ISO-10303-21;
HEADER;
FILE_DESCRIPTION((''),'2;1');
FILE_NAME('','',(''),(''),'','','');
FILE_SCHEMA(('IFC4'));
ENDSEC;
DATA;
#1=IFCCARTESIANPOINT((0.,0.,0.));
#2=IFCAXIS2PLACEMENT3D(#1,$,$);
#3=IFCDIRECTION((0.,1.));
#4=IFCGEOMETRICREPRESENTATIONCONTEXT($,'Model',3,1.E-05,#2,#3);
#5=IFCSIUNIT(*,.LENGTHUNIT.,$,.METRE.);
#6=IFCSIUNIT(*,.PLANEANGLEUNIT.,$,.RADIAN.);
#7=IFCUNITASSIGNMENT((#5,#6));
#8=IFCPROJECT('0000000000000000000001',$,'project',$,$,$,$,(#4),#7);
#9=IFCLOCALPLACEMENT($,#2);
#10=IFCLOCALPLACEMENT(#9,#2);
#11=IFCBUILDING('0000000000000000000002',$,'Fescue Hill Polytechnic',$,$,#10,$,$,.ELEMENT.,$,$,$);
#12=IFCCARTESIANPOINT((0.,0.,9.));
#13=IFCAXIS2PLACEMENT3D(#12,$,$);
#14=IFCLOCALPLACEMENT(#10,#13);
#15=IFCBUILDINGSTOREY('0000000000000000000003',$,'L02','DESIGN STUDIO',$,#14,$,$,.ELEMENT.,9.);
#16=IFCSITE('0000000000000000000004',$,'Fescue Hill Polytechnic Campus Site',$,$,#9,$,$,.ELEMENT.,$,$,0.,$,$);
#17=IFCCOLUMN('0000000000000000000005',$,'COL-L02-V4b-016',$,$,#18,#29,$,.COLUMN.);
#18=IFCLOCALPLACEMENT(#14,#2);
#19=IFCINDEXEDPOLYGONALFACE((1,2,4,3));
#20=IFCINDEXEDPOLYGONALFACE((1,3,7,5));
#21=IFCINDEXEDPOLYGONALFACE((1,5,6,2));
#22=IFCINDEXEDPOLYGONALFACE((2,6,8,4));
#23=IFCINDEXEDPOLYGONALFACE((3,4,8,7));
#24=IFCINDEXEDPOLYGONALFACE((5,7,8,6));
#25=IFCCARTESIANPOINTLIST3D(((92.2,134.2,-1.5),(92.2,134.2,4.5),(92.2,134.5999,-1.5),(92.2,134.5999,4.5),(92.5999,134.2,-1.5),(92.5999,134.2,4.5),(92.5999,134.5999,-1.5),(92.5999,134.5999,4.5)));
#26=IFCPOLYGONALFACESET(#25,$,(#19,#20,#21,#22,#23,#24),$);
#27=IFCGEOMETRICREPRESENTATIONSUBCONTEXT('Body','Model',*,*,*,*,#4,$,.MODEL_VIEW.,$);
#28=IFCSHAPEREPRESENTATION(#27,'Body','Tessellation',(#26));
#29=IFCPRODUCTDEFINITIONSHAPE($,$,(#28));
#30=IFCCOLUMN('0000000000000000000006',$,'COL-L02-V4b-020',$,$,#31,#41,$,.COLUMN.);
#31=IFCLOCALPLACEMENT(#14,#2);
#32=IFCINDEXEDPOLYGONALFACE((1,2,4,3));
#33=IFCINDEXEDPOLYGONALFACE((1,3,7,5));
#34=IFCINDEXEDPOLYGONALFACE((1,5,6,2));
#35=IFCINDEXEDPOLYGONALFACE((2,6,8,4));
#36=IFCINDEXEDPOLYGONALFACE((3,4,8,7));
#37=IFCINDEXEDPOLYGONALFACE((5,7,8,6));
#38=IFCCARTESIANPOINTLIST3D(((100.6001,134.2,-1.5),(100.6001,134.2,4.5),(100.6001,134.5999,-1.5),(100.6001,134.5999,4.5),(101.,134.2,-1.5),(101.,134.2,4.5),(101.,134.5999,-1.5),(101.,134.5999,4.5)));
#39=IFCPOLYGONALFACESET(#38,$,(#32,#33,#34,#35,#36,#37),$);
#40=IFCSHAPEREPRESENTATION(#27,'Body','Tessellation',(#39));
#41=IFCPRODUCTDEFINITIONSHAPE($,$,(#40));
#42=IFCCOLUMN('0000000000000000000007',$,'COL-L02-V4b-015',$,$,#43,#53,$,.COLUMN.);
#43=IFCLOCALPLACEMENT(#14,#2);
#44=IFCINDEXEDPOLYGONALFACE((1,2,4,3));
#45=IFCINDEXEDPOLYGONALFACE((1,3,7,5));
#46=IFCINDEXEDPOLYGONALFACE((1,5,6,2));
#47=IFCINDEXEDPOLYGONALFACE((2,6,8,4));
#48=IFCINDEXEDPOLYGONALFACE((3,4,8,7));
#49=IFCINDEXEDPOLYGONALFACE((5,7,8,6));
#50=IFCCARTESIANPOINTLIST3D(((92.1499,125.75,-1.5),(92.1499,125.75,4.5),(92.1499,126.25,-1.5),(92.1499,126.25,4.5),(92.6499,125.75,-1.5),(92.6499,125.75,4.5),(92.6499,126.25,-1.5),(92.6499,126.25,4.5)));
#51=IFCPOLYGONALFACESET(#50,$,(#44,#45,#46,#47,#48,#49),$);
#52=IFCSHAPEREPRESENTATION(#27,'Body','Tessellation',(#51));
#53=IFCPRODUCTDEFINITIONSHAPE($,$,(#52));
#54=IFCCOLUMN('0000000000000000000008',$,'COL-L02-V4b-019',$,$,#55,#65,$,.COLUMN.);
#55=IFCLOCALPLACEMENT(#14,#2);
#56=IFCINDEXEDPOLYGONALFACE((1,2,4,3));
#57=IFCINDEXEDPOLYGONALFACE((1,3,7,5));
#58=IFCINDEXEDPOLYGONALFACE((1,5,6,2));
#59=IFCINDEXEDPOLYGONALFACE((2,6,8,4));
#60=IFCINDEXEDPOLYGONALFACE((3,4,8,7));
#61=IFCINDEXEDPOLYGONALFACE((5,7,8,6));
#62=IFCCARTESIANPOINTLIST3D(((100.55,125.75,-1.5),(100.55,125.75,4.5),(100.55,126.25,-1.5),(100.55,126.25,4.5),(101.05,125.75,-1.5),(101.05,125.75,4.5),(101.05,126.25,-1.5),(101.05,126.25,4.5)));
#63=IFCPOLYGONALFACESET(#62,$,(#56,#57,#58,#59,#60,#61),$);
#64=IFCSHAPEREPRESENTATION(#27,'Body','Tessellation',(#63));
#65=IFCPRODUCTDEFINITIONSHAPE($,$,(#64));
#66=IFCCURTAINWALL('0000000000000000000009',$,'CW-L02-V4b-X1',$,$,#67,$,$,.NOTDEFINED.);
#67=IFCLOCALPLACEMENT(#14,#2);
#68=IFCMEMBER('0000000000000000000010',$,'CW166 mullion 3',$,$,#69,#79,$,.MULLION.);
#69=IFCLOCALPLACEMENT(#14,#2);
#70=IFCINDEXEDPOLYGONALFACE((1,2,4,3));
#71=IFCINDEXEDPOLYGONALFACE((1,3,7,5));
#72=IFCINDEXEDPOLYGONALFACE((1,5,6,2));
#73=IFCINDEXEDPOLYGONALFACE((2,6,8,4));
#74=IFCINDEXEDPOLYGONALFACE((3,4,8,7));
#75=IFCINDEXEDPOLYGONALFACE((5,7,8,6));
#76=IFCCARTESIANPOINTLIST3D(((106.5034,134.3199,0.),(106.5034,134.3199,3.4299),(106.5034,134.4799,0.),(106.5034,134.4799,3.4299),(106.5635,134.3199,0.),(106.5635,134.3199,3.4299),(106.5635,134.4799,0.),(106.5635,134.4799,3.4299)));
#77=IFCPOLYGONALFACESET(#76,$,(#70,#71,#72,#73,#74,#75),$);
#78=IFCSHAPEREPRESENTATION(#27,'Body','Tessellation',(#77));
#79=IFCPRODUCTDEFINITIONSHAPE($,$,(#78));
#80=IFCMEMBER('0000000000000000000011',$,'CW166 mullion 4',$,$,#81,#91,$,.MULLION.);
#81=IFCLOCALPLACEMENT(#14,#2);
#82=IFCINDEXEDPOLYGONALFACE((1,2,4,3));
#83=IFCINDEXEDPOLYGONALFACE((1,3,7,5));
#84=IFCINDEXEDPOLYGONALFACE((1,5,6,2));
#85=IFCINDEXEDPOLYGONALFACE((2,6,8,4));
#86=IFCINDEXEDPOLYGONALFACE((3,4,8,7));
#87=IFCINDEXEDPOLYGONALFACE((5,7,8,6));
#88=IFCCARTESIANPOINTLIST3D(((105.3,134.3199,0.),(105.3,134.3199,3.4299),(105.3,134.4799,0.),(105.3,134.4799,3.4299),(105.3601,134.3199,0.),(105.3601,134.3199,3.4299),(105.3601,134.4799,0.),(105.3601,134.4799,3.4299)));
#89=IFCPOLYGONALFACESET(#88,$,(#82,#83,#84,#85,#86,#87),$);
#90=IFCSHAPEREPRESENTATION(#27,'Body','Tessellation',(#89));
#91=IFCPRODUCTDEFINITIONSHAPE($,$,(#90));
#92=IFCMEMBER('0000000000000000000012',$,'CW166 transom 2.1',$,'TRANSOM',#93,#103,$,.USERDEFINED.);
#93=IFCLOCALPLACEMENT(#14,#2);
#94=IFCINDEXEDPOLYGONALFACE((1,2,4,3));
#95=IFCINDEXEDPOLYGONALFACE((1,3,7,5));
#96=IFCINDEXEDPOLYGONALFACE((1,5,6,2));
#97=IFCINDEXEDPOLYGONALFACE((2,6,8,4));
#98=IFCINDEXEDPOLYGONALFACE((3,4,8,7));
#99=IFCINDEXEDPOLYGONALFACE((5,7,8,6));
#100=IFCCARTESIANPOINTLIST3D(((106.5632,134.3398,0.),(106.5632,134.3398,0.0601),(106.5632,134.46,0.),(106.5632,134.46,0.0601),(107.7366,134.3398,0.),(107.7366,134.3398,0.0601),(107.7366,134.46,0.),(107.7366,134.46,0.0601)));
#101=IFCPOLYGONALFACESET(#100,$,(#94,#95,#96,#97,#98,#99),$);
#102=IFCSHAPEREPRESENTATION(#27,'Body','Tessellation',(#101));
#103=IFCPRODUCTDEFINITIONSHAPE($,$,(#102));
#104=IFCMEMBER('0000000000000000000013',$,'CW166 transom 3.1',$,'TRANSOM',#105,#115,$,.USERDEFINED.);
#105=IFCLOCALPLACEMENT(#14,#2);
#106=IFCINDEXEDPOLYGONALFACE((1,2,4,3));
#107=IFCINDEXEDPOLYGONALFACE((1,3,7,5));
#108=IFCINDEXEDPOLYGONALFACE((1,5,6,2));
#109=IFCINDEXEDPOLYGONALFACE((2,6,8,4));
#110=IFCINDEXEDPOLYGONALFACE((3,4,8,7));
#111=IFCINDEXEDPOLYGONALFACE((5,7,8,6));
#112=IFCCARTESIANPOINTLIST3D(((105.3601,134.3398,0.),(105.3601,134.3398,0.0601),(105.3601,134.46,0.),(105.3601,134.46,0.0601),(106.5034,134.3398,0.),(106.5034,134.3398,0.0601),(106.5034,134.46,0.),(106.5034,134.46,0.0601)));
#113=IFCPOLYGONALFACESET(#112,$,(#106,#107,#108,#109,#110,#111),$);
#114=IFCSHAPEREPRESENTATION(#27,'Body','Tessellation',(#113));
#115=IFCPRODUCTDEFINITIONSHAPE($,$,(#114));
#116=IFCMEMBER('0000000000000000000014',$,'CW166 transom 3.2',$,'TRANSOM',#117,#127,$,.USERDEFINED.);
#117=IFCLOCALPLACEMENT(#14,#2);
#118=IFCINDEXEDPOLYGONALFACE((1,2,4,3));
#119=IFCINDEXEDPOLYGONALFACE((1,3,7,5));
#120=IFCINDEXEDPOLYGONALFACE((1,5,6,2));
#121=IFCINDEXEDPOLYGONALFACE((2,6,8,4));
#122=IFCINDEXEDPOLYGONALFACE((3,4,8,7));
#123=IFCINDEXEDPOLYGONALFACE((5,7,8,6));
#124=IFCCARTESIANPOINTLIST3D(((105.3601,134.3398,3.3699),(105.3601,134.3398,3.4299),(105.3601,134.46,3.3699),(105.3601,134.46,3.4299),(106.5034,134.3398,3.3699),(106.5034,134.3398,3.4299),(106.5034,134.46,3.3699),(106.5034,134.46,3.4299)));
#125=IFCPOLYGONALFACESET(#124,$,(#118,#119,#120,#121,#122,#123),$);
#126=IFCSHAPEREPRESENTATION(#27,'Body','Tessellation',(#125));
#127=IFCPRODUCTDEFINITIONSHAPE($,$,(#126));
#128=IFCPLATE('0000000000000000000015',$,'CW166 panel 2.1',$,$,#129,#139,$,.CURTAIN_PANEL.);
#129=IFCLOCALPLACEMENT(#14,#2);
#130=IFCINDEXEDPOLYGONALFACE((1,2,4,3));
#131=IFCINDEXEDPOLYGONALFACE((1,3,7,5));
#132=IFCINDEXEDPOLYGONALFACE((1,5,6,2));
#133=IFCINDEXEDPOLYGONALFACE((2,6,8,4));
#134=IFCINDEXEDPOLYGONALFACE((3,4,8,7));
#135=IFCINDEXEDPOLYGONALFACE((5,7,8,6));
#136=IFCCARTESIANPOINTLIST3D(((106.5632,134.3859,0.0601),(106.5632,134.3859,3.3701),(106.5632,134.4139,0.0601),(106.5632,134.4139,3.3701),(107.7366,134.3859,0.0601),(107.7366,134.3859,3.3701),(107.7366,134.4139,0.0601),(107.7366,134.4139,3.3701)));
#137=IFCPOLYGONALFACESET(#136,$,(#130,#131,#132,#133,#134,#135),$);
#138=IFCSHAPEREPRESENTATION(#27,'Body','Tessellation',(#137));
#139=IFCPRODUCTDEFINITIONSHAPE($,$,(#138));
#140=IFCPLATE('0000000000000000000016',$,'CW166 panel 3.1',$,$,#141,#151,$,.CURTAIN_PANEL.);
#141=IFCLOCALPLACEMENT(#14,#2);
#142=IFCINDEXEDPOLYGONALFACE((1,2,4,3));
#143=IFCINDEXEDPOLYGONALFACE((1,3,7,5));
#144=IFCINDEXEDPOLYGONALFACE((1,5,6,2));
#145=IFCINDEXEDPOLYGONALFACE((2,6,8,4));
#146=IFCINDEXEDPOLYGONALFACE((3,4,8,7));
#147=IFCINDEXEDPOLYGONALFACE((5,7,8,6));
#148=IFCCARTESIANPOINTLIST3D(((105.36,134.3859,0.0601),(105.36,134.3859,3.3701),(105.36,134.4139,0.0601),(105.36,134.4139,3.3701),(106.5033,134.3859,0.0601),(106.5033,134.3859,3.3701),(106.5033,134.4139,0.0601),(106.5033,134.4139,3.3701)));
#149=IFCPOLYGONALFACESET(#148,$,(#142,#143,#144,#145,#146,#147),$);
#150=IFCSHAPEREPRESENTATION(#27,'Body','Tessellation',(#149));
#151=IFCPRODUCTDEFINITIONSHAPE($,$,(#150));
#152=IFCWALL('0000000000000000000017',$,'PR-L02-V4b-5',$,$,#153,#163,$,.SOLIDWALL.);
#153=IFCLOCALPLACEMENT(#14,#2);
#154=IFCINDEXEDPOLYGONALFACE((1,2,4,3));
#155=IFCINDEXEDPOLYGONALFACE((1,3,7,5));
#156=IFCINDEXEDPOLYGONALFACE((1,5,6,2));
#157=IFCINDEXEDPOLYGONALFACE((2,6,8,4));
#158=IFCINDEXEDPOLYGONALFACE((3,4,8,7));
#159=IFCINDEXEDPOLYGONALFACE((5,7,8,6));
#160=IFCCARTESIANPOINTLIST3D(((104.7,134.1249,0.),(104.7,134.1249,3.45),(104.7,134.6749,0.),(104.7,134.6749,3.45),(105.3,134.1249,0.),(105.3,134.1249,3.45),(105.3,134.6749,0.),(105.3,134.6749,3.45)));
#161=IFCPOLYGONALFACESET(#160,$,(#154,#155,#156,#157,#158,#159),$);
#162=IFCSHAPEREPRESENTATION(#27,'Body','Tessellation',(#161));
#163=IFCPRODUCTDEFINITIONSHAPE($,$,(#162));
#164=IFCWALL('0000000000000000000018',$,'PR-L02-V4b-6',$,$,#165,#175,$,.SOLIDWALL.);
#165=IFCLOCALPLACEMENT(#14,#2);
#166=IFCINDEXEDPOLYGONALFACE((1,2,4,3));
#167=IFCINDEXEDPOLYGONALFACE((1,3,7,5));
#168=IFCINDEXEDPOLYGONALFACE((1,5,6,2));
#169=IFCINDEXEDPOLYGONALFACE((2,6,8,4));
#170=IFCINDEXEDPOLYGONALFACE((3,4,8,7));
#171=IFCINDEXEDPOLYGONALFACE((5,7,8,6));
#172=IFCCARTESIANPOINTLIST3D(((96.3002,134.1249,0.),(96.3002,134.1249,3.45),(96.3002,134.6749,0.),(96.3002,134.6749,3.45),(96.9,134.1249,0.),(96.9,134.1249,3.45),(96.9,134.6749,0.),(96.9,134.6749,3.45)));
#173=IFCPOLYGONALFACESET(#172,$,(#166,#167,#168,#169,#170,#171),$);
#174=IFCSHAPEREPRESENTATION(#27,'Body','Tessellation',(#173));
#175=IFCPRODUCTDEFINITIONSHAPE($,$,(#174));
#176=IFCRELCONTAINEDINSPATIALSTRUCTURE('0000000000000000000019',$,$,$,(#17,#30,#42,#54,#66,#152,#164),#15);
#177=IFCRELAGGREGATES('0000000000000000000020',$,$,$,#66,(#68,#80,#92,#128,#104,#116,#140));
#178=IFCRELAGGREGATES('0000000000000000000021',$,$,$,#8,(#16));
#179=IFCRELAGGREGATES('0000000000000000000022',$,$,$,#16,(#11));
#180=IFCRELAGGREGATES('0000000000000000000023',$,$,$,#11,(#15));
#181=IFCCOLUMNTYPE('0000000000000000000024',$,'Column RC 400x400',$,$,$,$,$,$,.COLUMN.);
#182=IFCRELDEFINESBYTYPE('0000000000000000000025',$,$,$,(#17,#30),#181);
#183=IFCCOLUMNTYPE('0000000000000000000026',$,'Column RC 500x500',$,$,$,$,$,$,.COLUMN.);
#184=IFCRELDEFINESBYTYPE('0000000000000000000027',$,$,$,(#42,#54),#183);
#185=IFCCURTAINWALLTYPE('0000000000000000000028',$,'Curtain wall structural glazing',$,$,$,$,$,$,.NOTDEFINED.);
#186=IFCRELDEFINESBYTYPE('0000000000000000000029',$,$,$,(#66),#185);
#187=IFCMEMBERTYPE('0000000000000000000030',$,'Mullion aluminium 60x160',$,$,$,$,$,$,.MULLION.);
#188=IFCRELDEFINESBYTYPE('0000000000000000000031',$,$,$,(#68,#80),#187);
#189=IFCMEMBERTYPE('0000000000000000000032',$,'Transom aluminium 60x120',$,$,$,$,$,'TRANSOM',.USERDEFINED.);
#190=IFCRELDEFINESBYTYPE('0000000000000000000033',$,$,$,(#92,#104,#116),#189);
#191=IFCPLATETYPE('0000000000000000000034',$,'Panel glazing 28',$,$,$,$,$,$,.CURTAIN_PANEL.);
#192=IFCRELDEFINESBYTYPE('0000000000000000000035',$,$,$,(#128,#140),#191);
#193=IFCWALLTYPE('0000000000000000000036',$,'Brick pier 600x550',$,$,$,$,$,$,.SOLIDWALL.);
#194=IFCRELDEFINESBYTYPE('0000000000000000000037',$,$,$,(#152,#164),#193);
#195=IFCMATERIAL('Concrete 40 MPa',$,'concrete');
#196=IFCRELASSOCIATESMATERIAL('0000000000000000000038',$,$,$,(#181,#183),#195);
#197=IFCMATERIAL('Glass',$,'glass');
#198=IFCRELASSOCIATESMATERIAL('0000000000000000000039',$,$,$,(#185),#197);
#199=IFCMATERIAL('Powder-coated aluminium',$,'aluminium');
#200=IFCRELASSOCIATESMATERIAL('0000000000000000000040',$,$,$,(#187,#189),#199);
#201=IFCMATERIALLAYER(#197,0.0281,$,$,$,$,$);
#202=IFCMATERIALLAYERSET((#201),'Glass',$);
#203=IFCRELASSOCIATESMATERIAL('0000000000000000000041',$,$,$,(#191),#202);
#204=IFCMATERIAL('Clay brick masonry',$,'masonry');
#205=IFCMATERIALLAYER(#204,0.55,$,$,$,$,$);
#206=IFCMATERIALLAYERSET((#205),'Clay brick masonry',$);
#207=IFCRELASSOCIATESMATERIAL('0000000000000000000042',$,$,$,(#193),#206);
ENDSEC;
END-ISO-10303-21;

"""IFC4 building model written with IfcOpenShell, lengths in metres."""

from ifc_helpers import new_model, si_unit, direction, frame, frame_2d, origin, origin_2d, place, context, subcontext, project, spatial, rectangle, extrude, material, layer, layer_set, material_profile, profile_set, type_object, element, aggregate, save


model = new_model("IFC4")

# Units and contexts
model_context = context("Model", 3, precision=1e-05, world=origin(), true_north=direction((0.0, 1.0)))
body_context = subcontext(model_context, "Body", "Model", "MODEL_VIEW")
ifc_project = project(units=[si_unit("LENGTHUNIT", "METRE"), si_unit("PLANEANGLEUNIT", "RADIAN")], contexts=[model_context])

# Site, building, storey
site_placement = place(None, origin())
site = spatial("IfcSite", under=ifc_project, at=site_placement, Name="Fescue Hill Polytechnic Campus Site", CompositionType="ELEMENT", RefElevation=0.0)
building_placement = place(site_placement, origin())
building = spatial("IfcBuilding", under=site, at=building_placement, Name="Fescue Hill Polytechnic", CompositionType="ELEMENT")
storey_placement = place(building_placement, frame((0.0, 0.0, 9.0)))
storey = spatial("IfcBuildingStorey", under=building, at=storey_placement, Name="L02", Description="DESIGN STUDIO", CompositionType="ELEMENT", Elevation=9.0)

# Columns
ifc_material_1 = material(Name="Concrete 40 MPa", Category="concrete")
ifc_material_profile_1 = material_profile(ifc_material_1, rectangle(XDim=0.3999, YDim=0.3999, at=origin_2d()), Name="RC 400x400")
ifc_profile_set_1 = profile_set([ifc_material_profile_1], Name="Concrete 40 MPa")
column_type_1 = type_object("IfcColumnType", Name="Column RC 400x400", PredefinedType="COLUMN", material=ifc_profile_set_1)
for number, where, z_axis, x_axis, name in (
    (1, (92.3999, 134.3999, -1.5), (0.0, 0.0, 1.0), (1.0, 0.0, 0.0), "COL-L02-V4b-016"),
    (2, (100.8, 134.3999, -1.5), (0.0, 0.0, 1.0), (1.0, 0.0, 0.0), "COL-L02-V4b-020"),
):
    element("IfcColumn", number, at=place(storey_placement, frame(where, z_axis=z_axis, x_axis=x_axis)), inside=storey, type_object=column_type_1, Name=name, PredefinedType="COLUMN", context=body_context, shape_type="SweptSolid", body=[
        extrude(rectangle(XDim=0.3999, YDim=0.3999, at=origin_2d()), origin(), (0.0, 0.0, 1.0), 6.0),
    ])
ifc_material_profile_2 = material_profile(ifc_material_1, rectangle(XDim=0.5, YDim=0.5, at=origin_2d()), Name="RC 500x500")
ifc_profile_set_2 = profile_set([ifc_material_profile_2], Name="Concrete 40 MPa")
column_type_2 = type_object("IfcColumnType", Name="Column RC 500x500", PredefinedType="COLUMN", material=ifc_profile_set_2)
for number, where, z_axis, x_axis, name in (
    (3, (92.3999, 126.0, -1.5), (0.0, 0.0, 1.0), (1.0, 0.0, 0.0), "COL-L02-V4b-015"),
    (4, (100.8, 126.0, -1.5), (0.0, 0.0, 1.0), (1.0, 0.0, 0.0), "COL-L02-V4b-019"),
):
    element("IfcColumn", number, at=place(storey_placement, frame(where, z_axis=z_axis, x_axis=x_axis)), inside=storey, type_object=column_type_2, Name=name, PredefinedType="COLUMN", context=body_context, shape_type="SweptSolid", body=[
        extrude(rectangle(XDim=0.5, YDim=0.5, at=origin_2d()), origin(), (0.0, 0.0, 1.0), 6.0),
    ])

# Curtain wall, members, plates
ifc_material_2 = material(Name="Glass", Category="glass")
curtain_wall_type = type_object("IfcCurtainWallType", Name="Curtain wall structural glazing", PredefinedType="NOTDEFINED", material=ifc_material_2)
curtain_wall_placement = place(storey_placement, origin())
curtain_wall = element("IfcCurtainWall", 5, at=curtain_wall_placement, inside=storey, type_object=curtain_wall_type, Name="CW-L02-V4b-X1", PredefinedType="NOTDEFINED")
ifc_material_3 = material(Name="Powder-coated aluminium", Category="aluminium")
ifc_material_profile_3 = material_profile(ifc_material_3, rectangle(XDim=0.1599, YDim=0.0601, at=origin_2d()), Name="Mullion aluminium 60x160")
ifc_profile_set_3 = profile_set([ifc_material_profile_3], Name="Powder-coated aluminium")
member_type_1 = type_object("IfcMemberType", Name="Mullion aluminium 60x160", PredefinedType="MULLION", material=ifc_profile_set_3)
member_1_placement = place(storey_placement, frame((106.5334, 134.3999, 0.0), z_axis=(0.0, 0.0, 1.0), x_axis=(0.0, -1.0, 0.0)))
member_1 = element("IfcMember", 6, at=member_1_placement, type_object=member_type_1, Name="CW166 mullion 3", PredefinedType="MULLION", context=body_context, shape_type="SweptSolid", body=[
    extrude(rectangle(XDim=0.1599, YDim=0.0601, at=origin_2d()), origin(), (0.0, 0.0, 1.0), 3.4299),
])
member_2_placement = place(storey_placement, frame((105.3301, 134.3999, 0.0), z_axis=(0.0, 0.0, 1.0), x_axis=(0.0, -1.0, 0.0)))
member_2 = element("IfcMember", 7, at=member_2_placement, type_object=member_type_1, Name="CW166 mullion 4", PredefinedType="MULLION", context=body_context, shape_type="SweptSolid", body=[
    extrude(rectangle(XDim=0.1599, YDim=0.0601, at=origin_2d()), origin(), (0.0, 0.0, 1.0), 3.4299),
])
ifc_material_profile_4 = material_profile(ifc_material_3, rectangle(XDim=0.1201, YDim=0.0601, at=origin_2d()), Name="Transom aluminium 60x120")
ifc_profile_set_4 = profile_set([ifc_material_profile_4], Name="Powder-coated aluminium")
member_type_2 = type_object("IfcMemberType", Name="Transom aluminium 60x120", ElementType="TRANSOM", PredefinedType="USERDEFINED", material=ifc_profile_set_4)
member_3_placement = place(storey_placement, frame((107.7366, 134.3999, 0.03), z_axis=(-1.0, 0.0, 0.0), x_axis=(0.0, -1.0, 0.0)))
member_3 = element("IfcMember", 8, at=member_3_placement, type_object=member_type_2, Name="CW166 transom 2.1", ObjectType="TRANSOM", PredefinedType="USERDEFINED", context=body_context, shape_type="SweptSolid", body=[
    extrude(rectangle(XDim=0.1201, YDim=0.0601, at=origin_2d()), origin(), (0.0, 0.0, 1.0), 1.1733),
])
member_4_placement = place(storey_placement, frame((106.5034, 134.3999, 0.03), z_axis=(-1.0, 0.0, 0.0), x_axis=(0.0, -1.0, 0.0)))
member_4 = element("IfcMember", 9, at=member_4_placement, type_object=member_type_2, Name="CW166 transom 3.1", ObjectType="TRANSOM", PredefinedType="USERDEFINED", context=body_context, shape_type="SweptSolid", body=[
    extrude(rectangle(XDim=0.1201, YDim=0.0601, at=origin_2d()), origin(), (0.0, 0.0, 1.0), 1.1433),
])
member_5_placement = place(storey_placement, frame((106.5034, 134.3999, 3.3999), z_axis=(-1.0, 0.0, 0.0), x_axis=(0.0, -1.0, 0.0)))
member_5 = element("IfcMember", 10, at=member_5_placement, type_object=member_type_2, Name="CW166 transom 3.2", ObjectType="TRANSOM", PredefinedType="USERDEFINED", context=body_context, shape_type="SweptSolid", body=[
    extrude(rectangle(XDim=0.1201, YDim=0.0601, at=origin_2d()), origin(), (0.0, 0.0, 1.0), 1.1433),
])
ifc_layer_1 = layer(ifc_material_2, 0.0281)
ifc_layer_set_1 = layer_set([ifc_layer_1], Name="Glass")
plate_type = type_object("IfcPlateType", Name="Panel glazing 28", PredefinedType="CURTAIN_PANEL", material=ifc_layer_set_1)
plate_1_placement = place(storey_placement, frame((107.1499, 134.3999, 0.0601), z_axis=(0.0, 0.0, 1.0), x_axis=(-1.0, 0.0, 0.0)))
plate_1 = element("IfcPlate", 11, at=plate_1_placement, type_object=plate_type, Name="CW166 panel 2.1", PredefinedType="CURTAIN_PANEL", context=body_context, shape_type="SweptSolid", body=[
    extrude(rectangle(XDim=1.1733, YDim=0.0281, at=origin_2d()), origin(), (0.0, 0.0, 1.0), 3.3101),
])
plate_2_placement = place(storey_placement, frame((105.9316, 134.3999, 0.0601), z_axis=(0.0, 0.0, 1.0), x_axis=(-1.0, 0.0, 0.0)))
plate_2 = element("IfcPlate", 12, at=plate_2_placement, type_object=plate_type, Name="CW166 panel 3.1", PredefinedType="CURTAIN_PANEL", context=body_context, shape_type="SweptSolid", body=[
    extrude(rectangle(XDim=1.1433, YDim=0.0281, at=origin_2d()), origin(), (0.0, 0.0, 1.0), 3.3101),
])
aggregate(curtain_wall, [member_1, member_2, member_3, plate_1, member_4, member_5, plate_2])

# Walls
ifc_material_4 = material(Name="Clay brick masonry", Category="masonry")
ifc_layer_2 = layer(ifc_material_4, 0.55)
ifc_layer_set_2 = layer_set([ifc_layer_2], Name="Clay brick masonry")
wall_type_1 = type_object("IfcWallType", Name="Brick pier 600x550", PredefinedType="SOLIDWALL", material=ifc_layer_set_2)
wall_1_placement = place(storey_placement, frame((105.3, 134.3999, 0.0), z_axis=(0.0, 0.0, 1.0), x_axis=(-1.0, 0.0, 0.0)))
element("IfcWall", 13, at=wall_1_placement, inside=storey, type_object=wall_type_1, Name="PR-L02-V4b-5", PredefinedType="SOLIDWALL", context=body_context, shape_type="SweptSolid", body=[
    extrude(rectangle(XDim=0.6001, YDim=0.55, at=frame_2d((0.3, 0.0))), origin(), (0.0, 0.0, 1.0), 3.45),
])
wall_2_placement = place(storey_placement, frame((96.8999, 134.3999, 0.0), z_axis=(0.0, 0.0, 1.0), x_axis=(-1.0, 0.0, 0.0)))
element("IfcWall", 14, at=wall_2_placement, inside=storey, type_object=wall_type_1, Name="PR-L02-V4b-6", PredefinedType="SOLIDWALL", context=body_context, shape_type="SweptSolid", body=[
    extrude(rectangle(XDim=0.5999, YDim=0.55, at=frame_2d((0.2998, 0.0))), origin(), (0.0, 0.0, 1.0), 3.45),
])

save(model, "model.ifc")
